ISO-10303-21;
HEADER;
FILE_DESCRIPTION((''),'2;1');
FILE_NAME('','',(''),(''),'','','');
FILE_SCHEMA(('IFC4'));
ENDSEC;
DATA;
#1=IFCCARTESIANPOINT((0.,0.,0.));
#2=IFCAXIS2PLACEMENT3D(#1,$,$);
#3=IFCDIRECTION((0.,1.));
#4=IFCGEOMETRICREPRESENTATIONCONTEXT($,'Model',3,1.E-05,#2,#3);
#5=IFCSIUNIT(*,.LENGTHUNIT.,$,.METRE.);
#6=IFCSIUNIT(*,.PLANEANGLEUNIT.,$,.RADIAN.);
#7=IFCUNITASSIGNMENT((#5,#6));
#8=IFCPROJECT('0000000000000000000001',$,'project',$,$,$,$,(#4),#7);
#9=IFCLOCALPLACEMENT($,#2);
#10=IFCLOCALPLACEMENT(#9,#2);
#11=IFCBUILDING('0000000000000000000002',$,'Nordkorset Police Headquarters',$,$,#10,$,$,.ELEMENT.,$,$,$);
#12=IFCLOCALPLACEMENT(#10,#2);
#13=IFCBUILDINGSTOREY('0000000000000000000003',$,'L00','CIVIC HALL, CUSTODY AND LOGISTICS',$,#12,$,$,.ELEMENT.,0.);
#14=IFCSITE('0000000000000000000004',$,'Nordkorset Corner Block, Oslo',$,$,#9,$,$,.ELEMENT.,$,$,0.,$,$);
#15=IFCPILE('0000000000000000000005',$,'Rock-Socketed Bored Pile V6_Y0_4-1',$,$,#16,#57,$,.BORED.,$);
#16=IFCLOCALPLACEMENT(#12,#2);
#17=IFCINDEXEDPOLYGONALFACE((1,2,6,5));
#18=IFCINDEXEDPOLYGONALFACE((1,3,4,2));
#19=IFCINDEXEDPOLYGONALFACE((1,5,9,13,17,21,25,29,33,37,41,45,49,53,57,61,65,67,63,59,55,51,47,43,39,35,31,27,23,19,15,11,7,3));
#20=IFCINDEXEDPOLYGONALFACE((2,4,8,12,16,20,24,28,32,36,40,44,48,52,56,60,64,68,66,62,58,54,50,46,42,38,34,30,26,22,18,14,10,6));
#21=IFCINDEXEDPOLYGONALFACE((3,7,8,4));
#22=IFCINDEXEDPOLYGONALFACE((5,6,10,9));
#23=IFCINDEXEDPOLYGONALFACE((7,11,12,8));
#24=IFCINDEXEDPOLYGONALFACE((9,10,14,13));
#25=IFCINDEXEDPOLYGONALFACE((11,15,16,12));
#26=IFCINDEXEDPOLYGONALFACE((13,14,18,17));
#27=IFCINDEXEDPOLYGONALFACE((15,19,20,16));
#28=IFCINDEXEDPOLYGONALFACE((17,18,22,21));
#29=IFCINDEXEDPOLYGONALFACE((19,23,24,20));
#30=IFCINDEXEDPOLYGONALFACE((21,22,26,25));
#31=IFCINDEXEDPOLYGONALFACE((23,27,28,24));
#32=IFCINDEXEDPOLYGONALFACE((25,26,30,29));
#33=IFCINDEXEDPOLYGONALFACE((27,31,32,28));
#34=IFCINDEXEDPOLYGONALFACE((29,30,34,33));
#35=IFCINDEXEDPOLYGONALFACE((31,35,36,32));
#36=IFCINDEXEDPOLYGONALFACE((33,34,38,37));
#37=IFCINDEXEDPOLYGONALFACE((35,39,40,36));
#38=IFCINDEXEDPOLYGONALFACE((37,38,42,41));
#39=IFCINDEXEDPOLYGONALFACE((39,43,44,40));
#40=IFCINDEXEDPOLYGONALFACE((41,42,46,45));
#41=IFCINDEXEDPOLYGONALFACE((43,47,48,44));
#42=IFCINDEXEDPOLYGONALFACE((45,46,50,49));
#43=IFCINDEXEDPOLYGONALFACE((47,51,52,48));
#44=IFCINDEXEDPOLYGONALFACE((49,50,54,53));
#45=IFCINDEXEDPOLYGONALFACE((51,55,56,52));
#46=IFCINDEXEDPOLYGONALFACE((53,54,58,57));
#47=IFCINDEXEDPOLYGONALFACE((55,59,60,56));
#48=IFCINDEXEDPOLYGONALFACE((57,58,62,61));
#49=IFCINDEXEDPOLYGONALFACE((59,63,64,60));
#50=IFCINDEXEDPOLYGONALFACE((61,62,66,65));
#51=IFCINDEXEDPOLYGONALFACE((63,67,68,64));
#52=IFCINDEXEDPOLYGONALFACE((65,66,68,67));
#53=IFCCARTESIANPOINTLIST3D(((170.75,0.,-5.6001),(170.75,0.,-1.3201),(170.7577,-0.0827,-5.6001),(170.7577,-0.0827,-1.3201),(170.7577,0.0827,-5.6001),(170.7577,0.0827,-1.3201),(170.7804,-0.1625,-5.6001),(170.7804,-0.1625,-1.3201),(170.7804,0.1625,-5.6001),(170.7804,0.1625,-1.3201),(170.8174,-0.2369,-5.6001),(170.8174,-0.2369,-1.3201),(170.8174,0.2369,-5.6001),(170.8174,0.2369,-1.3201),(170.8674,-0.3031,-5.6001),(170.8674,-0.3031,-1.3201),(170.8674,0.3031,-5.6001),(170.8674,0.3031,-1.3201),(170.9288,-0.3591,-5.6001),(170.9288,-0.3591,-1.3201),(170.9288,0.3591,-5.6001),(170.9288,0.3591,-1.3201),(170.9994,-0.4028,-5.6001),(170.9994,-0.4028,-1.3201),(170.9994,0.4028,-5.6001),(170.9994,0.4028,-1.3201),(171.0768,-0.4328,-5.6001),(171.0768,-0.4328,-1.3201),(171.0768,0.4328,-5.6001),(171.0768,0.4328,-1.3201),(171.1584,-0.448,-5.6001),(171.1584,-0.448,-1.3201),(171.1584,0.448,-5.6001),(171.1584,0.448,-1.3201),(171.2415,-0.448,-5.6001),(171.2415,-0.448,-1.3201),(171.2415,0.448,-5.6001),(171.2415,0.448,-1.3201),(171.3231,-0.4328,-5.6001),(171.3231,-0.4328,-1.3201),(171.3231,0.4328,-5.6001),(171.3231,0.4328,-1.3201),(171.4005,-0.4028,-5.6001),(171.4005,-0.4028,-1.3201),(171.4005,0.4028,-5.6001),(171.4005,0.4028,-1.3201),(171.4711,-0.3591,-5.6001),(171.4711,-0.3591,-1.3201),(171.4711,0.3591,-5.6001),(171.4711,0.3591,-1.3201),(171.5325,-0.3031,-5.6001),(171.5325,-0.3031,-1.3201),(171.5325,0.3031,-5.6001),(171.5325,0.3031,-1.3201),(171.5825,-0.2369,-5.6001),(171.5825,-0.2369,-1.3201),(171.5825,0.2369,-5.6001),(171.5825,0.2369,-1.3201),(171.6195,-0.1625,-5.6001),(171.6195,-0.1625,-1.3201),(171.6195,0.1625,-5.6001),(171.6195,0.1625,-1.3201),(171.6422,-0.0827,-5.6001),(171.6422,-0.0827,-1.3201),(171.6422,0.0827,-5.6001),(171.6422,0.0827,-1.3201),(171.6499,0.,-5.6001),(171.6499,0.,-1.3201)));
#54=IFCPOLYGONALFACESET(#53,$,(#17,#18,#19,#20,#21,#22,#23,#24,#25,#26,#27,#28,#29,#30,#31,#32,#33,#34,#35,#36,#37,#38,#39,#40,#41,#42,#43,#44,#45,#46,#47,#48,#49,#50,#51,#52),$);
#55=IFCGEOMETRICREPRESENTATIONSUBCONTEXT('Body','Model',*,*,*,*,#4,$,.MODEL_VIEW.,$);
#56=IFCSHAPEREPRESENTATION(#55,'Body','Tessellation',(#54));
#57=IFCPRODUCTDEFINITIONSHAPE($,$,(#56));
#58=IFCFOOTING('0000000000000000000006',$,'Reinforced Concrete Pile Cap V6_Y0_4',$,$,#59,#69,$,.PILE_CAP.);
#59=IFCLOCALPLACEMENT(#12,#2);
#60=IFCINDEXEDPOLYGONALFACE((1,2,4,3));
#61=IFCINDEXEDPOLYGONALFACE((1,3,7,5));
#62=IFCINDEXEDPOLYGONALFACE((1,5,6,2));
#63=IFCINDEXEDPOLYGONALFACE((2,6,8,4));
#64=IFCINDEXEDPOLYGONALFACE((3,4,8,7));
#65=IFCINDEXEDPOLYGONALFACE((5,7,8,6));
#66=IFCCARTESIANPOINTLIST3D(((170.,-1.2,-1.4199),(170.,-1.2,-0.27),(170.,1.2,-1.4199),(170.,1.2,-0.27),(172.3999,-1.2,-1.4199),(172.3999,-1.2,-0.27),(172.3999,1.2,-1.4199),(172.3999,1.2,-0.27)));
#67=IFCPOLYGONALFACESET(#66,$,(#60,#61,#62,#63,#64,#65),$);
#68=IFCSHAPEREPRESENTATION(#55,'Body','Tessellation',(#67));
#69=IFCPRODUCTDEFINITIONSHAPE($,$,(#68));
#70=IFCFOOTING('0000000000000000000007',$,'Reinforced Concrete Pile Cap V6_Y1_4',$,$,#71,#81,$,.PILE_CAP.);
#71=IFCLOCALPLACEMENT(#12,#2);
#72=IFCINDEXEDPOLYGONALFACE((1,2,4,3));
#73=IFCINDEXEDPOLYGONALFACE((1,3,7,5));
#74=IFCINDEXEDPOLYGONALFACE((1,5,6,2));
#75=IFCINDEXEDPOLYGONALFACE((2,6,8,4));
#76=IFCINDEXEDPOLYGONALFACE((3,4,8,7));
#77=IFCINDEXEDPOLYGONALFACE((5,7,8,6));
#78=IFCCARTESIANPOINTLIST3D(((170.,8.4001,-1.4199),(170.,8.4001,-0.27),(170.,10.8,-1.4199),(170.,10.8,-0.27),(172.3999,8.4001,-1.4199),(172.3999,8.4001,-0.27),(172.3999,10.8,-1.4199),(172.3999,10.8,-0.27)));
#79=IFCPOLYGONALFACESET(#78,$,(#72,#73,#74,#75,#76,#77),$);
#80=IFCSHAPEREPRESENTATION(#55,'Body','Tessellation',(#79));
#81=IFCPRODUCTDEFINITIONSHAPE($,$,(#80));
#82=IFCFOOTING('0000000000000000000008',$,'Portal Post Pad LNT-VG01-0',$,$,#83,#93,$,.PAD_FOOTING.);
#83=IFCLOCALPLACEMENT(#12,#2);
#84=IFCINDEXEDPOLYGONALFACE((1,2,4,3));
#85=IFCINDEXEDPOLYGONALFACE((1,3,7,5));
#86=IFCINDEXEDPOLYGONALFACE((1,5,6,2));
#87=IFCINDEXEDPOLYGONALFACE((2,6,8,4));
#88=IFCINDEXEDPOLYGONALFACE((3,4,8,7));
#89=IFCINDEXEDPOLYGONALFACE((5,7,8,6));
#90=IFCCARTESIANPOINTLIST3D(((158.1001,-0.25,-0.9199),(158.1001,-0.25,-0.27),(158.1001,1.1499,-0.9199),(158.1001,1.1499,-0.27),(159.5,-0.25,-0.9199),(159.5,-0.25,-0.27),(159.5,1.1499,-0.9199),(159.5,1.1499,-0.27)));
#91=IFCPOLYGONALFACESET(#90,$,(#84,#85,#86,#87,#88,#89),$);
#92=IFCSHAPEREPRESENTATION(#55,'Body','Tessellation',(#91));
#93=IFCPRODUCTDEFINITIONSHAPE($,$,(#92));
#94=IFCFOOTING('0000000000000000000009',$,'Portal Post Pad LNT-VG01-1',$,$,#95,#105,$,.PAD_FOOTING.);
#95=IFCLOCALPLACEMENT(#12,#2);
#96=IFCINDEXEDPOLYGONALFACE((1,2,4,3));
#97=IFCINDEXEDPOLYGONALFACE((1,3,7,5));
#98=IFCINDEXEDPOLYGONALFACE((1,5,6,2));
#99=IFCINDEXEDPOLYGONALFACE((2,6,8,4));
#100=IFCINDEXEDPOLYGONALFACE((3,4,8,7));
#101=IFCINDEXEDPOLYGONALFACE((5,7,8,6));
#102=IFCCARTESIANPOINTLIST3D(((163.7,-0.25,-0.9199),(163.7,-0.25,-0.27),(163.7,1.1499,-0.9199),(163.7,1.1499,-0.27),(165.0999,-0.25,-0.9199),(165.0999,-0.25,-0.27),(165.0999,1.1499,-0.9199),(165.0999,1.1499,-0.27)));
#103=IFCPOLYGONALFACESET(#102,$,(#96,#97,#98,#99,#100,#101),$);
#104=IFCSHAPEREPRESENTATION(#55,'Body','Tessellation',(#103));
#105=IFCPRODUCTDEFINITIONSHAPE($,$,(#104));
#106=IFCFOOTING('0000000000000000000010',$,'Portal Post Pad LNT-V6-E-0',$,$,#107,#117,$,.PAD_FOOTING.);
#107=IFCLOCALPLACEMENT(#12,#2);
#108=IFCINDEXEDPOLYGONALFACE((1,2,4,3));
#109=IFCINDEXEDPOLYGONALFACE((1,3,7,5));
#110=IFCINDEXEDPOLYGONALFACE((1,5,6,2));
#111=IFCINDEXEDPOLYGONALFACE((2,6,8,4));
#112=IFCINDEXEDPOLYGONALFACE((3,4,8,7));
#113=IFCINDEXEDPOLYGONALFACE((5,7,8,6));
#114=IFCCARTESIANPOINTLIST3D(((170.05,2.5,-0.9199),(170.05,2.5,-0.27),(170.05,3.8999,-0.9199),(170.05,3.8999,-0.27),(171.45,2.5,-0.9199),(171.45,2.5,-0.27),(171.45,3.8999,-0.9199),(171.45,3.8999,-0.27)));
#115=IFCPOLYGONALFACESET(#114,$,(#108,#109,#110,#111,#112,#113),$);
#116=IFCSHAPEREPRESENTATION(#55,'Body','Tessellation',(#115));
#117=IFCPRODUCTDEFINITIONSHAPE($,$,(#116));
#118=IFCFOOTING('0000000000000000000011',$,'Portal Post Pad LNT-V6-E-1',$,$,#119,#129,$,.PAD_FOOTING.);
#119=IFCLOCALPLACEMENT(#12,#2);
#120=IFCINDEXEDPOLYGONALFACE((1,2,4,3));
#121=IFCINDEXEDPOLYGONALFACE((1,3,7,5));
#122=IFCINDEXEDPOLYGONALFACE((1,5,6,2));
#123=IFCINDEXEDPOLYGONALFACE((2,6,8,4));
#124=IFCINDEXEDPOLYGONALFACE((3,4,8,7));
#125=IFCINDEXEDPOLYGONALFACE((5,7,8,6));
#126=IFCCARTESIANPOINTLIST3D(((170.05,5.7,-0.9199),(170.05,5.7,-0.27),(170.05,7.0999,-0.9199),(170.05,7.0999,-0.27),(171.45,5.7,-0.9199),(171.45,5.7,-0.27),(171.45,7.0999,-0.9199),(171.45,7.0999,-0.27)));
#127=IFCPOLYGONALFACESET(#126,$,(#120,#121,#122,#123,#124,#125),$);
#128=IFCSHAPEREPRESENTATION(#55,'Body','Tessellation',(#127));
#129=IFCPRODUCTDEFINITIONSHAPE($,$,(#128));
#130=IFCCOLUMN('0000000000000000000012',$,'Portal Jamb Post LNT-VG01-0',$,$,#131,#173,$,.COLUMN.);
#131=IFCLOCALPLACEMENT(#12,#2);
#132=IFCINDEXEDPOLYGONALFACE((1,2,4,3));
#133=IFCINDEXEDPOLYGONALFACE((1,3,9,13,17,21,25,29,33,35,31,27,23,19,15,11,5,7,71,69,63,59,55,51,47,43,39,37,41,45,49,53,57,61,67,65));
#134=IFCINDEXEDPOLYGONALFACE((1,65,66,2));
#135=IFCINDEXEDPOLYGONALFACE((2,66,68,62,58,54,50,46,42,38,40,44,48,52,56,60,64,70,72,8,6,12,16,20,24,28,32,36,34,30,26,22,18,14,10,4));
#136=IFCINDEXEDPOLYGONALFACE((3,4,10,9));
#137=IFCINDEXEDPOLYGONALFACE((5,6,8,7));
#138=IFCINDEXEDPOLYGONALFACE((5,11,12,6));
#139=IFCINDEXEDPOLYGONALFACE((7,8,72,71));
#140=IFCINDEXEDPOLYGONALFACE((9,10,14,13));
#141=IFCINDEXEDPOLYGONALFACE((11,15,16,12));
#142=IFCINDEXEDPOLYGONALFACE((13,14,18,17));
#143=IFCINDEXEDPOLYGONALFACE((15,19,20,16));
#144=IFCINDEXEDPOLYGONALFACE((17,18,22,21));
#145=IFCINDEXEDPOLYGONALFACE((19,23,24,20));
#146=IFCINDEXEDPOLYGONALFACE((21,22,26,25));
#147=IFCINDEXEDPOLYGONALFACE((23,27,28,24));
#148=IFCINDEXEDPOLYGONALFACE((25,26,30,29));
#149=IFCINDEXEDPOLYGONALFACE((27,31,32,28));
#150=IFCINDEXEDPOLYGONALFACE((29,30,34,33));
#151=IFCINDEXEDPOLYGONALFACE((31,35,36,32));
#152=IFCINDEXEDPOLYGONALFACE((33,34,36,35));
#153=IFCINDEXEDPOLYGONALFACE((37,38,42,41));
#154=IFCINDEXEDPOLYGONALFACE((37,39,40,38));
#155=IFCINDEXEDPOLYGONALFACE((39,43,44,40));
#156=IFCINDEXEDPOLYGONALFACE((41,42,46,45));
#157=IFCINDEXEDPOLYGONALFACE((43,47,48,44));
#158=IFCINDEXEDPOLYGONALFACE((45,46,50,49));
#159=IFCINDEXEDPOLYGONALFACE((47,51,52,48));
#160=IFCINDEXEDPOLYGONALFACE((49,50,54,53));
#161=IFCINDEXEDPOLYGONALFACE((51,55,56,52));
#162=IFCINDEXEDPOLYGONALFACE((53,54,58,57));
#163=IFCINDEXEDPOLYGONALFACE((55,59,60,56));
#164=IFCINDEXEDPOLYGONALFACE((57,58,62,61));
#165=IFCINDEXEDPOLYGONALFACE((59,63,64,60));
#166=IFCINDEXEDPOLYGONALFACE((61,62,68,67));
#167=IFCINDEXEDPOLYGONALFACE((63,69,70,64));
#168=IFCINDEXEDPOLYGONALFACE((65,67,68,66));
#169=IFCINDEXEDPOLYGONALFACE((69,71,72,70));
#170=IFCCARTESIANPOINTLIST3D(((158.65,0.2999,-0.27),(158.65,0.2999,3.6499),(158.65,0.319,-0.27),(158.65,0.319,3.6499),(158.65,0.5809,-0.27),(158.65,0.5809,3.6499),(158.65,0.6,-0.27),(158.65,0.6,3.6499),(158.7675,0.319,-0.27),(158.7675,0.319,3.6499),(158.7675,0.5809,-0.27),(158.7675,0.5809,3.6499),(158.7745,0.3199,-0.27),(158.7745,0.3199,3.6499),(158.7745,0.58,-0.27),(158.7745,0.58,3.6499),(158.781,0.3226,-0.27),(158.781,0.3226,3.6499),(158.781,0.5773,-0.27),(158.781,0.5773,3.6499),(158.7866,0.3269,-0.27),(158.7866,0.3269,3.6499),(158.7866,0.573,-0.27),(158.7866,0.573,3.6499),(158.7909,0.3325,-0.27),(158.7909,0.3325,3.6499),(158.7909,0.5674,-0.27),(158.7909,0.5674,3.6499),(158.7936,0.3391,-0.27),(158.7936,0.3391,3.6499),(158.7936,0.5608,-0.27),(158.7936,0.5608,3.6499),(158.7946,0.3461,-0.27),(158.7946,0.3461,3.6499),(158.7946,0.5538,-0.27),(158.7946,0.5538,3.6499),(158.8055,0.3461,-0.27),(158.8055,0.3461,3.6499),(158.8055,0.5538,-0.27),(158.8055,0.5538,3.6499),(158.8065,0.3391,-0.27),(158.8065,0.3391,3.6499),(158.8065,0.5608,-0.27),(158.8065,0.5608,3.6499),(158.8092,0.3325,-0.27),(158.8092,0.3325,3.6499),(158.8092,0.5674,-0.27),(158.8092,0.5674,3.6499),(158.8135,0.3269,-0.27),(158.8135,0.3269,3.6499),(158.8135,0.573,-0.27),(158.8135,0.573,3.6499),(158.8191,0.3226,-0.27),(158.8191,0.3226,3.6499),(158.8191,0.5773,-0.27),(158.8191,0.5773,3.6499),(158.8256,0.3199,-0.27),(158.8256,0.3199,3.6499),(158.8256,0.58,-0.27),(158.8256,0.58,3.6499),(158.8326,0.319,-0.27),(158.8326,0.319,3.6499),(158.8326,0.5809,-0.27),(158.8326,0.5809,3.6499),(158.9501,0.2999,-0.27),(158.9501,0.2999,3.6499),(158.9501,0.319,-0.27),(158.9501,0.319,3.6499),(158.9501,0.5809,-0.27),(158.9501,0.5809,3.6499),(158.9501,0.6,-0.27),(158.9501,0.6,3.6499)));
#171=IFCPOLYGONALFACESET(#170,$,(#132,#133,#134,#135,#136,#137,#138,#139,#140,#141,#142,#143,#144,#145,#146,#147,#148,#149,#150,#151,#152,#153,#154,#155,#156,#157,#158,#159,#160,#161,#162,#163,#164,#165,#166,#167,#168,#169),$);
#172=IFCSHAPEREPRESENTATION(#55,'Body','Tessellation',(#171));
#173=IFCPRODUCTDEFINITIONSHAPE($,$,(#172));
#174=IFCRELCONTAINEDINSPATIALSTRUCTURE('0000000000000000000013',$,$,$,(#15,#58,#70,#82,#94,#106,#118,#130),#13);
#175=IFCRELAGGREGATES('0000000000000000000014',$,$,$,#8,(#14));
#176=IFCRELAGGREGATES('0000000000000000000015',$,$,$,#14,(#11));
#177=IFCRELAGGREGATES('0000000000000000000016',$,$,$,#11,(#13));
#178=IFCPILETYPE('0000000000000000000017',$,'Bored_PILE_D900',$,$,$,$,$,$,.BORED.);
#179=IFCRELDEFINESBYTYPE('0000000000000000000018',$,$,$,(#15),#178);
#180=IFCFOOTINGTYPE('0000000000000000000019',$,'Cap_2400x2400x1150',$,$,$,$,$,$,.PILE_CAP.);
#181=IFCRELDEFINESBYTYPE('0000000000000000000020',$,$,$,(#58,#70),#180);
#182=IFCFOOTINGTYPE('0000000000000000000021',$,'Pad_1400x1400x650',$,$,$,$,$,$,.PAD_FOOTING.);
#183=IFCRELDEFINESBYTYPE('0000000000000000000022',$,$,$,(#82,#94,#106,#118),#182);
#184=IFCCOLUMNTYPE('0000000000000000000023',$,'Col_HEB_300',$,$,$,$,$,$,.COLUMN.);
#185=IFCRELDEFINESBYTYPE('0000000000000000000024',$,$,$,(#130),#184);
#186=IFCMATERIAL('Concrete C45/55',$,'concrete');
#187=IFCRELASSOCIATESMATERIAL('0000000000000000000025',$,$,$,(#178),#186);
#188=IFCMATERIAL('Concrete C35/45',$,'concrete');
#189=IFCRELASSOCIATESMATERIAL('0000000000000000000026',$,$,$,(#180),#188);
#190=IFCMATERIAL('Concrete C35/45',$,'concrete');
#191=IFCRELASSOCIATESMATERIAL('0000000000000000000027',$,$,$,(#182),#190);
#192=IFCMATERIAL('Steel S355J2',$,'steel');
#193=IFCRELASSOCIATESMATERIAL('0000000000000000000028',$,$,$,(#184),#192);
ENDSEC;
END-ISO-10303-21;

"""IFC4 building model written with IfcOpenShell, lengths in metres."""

from ifc_helpers import new_model, si_unit, direction, frame, origin, origin_2d, place, context, subcontext, project, spatial, rectangle, circle, i_section, extrude, material, material_profile, profile_set, type_object, element, save


model = new_model("IFC4")

# Units and contexts
model_context = context("Model", 3, precision=1e-05, world=origin(), true_north=direction((0.0, 1.0)))
body_context = subcontext(model_context, "Body", "Model", "MODEL_VIEW")
ifc_project = project(units=[si_unit("LENGTHUNIT", "METRE"), si_unit("PLANEANGLEUNIT", "RADIAN")], contexts=[model_context])

# Site, building, storey
site_placement = place(None, origin())
site = spatial("IfcSite", under=ifc_project, at=site_placement, Name="Nordkorset Corner Block, Oslo", CompositionType="ELEMENT", RefElevation=0.0)
building_placement = place(site_placement, origin())
building = spatial("IfcBuilding", under=site, at=building_placement, Name="Nordkorset Police Headquarters", CompositionType="ELEMENT")
storey_placement = place(building_placement, origin())
storey = spatial("IfcBuildingStorey", under=building, at=storey_placement, Name="L00", Description="CIVIC HALL, CUSTODY AND LOGISTICS", CompositionType="ELEMENT", Elevation=0.0)

# Pile
ifc_material_1 = material(Name="Concrete C45/55", Category="concrete")
ifc_material_profile_1 = material_profile(ifc_material_1, circle(Radius=0.45, at=origin_2d()), Name="PILE D900")
ifc_profile_set_1 = profile_set([ifc_material_profile_1], Name="Concrete C45/55")
pile_type = type_object("IfcPileType", Name="Bored_PILE_D900", PredefinedType="BORED", material=ifc_profile_set_1)
pile_placement = place(storey_placement, frame((171.2, 0.0, -1.3201), z_axis=(0.0, 0.0, -1.0), x_axis=(1.0, 0.0, 0.0)))
element("IfcPile", 1, at=pile_placement, inside=storey, type_object=pile_type, Name="Rock-Socketed Bored Pile V6_Y0_4-1", PredefinedType="BORED", context=body_context, shape_type="SweptSolid", body=[
    extrude(circle(Radius=0.45, at=origin_2d()), origin(), (0.0, 0.0, 1.0), 4.28),
])

# Footings
ifc_material_2 = material(Name="Concrete C35/45", Category="concrete")
footing_type_1 = type_object("IfcFootingType", Name="Cap_2400x2400x1150", PredefinedType="PILE_CAP", material=ifc_material_2)
for number, where, z_axis, x_axis, name in (
    (2, (171.2, 0.0, -1.4199), (0.0, 0.0, 1.0), (1.0, 0.0, 0.0), "Reinforced Concrete Pile Cap V6_Y0_4"),
    (3, (171.2, 9.6001, -1.4199), (0.0, 0.0, 1.0), (1.0, 0.0, 0.0), "Reinforced Concrete Pile Cap V6_Y1_4"),
):
    element("IfcFooting", number, at=place(storey_placement, frame(where, z_axis=z_axis, x_axis=x_axis)), inside=storey, type_object=footing_type_1, Name=name, PredefinedType="PILE_CAP", context=body_context, shape_type="SweptSolid", body=[
        extrude(rectangle(XDim=2.3999, YDim=2.3999, at=origin_2d()), origin(), (0.0, 0.0, 1.0), 1.1499),
    ])
ifc_material_3 = material(Name="Concrete C35/45", Category="concrete")
footing_type_2 = type_object("IfcFootingType", Name="Pad_1400x1400x650", PredefinedType="PAD_FOOTING", material=ifc_material_3)
for number, where, z_axis, x_axis, name in (
    (4, (158.8, 0.45, -0.9199), (0.0, 0.0, 1.0), (1.0, 0.0, 0.0), "Portal Post Pad LNT-VG01-0"),
    (5, (164.3999, 0.45, -0.9199), (0.0, 0.0, 1.0), (1.0, 0.0, 0.0), "Portal Post Pad LNT-VG01-1"),
    (6, (170.75, 3.2, -0.9199), (0.0, 0.0, 1.0), (1.0, 0.0, 0.0), "Portal Post Pad LNT-V6-E-0"),
    (7, (170.75, 6.3999, -0.9199), (0.0, 0.0, 1.0), (1.0, 0.0, 0.0), "Portal Post Pad LNT-V6-E-1"),
):
    element("IfcFooting", number, at=place(storey_placement, frame(where, z_axis=z_axis, x_axis=x_axis)), inside=storey, type_object=footing_type_2, Name=name, PredefinedType="PAD_FOOTING", context=body_context, shape_type="SweptSolid", body=[
        extrude(rectangle(XDim=1.3999, YDim=1.3999, at=origin_2d()), origin(), (0.0, 0.0, 1.0), 0.6499),
    ])

# Column
ifc_material_4 = material(Name="Steel S355J2", Category="steel")
ifc_material_profile_2 = material_profile(ifc_material_4, i_section(OverallWidth=0.3, OverallDepth=0.3, WebThickness=0.011, FlangeThickness=0.019, FilletRadius=0.0271, at=origin_2d()), Name="HEB 300")
ifc_profile_set_2 = profile_set([ifc_material_profile_2], Name="Steel S355J2")
column_type_1 = type_object("IfcColumnType", Name="Col_HEB_300", PredefinedType="COLUMN", material=ifc_profile_set_2)
for number, where, z_axis, x_axis, name in (
    (8, (158.8, 0.45, -0.27), (0.0, 0.0, 1.0), (1.0, 0.0, 0.0), "Portal Jamb Post LNT-VG01-0"),
):
    element("IfcColumn", number, at=place(storey_placement, frame(where, z_axis=z_axis, x_axis=x_axis)), inside=storey, type_object=column_type_1, Name=name, PredefinedType="COLUMN", context=body_context, shape_type="SweptSolid", body=[
        extrude(i_section(OverallWidth=0.3, OverallDepth=0.3, WebThickness=0.011, FlangeThickness=0.019, FilletRadius=0.0271, at=origin_2d()), origin(), (0.0, 0.0, 1.0), 3.9199),
    ])

save(model, "model.ifc")
